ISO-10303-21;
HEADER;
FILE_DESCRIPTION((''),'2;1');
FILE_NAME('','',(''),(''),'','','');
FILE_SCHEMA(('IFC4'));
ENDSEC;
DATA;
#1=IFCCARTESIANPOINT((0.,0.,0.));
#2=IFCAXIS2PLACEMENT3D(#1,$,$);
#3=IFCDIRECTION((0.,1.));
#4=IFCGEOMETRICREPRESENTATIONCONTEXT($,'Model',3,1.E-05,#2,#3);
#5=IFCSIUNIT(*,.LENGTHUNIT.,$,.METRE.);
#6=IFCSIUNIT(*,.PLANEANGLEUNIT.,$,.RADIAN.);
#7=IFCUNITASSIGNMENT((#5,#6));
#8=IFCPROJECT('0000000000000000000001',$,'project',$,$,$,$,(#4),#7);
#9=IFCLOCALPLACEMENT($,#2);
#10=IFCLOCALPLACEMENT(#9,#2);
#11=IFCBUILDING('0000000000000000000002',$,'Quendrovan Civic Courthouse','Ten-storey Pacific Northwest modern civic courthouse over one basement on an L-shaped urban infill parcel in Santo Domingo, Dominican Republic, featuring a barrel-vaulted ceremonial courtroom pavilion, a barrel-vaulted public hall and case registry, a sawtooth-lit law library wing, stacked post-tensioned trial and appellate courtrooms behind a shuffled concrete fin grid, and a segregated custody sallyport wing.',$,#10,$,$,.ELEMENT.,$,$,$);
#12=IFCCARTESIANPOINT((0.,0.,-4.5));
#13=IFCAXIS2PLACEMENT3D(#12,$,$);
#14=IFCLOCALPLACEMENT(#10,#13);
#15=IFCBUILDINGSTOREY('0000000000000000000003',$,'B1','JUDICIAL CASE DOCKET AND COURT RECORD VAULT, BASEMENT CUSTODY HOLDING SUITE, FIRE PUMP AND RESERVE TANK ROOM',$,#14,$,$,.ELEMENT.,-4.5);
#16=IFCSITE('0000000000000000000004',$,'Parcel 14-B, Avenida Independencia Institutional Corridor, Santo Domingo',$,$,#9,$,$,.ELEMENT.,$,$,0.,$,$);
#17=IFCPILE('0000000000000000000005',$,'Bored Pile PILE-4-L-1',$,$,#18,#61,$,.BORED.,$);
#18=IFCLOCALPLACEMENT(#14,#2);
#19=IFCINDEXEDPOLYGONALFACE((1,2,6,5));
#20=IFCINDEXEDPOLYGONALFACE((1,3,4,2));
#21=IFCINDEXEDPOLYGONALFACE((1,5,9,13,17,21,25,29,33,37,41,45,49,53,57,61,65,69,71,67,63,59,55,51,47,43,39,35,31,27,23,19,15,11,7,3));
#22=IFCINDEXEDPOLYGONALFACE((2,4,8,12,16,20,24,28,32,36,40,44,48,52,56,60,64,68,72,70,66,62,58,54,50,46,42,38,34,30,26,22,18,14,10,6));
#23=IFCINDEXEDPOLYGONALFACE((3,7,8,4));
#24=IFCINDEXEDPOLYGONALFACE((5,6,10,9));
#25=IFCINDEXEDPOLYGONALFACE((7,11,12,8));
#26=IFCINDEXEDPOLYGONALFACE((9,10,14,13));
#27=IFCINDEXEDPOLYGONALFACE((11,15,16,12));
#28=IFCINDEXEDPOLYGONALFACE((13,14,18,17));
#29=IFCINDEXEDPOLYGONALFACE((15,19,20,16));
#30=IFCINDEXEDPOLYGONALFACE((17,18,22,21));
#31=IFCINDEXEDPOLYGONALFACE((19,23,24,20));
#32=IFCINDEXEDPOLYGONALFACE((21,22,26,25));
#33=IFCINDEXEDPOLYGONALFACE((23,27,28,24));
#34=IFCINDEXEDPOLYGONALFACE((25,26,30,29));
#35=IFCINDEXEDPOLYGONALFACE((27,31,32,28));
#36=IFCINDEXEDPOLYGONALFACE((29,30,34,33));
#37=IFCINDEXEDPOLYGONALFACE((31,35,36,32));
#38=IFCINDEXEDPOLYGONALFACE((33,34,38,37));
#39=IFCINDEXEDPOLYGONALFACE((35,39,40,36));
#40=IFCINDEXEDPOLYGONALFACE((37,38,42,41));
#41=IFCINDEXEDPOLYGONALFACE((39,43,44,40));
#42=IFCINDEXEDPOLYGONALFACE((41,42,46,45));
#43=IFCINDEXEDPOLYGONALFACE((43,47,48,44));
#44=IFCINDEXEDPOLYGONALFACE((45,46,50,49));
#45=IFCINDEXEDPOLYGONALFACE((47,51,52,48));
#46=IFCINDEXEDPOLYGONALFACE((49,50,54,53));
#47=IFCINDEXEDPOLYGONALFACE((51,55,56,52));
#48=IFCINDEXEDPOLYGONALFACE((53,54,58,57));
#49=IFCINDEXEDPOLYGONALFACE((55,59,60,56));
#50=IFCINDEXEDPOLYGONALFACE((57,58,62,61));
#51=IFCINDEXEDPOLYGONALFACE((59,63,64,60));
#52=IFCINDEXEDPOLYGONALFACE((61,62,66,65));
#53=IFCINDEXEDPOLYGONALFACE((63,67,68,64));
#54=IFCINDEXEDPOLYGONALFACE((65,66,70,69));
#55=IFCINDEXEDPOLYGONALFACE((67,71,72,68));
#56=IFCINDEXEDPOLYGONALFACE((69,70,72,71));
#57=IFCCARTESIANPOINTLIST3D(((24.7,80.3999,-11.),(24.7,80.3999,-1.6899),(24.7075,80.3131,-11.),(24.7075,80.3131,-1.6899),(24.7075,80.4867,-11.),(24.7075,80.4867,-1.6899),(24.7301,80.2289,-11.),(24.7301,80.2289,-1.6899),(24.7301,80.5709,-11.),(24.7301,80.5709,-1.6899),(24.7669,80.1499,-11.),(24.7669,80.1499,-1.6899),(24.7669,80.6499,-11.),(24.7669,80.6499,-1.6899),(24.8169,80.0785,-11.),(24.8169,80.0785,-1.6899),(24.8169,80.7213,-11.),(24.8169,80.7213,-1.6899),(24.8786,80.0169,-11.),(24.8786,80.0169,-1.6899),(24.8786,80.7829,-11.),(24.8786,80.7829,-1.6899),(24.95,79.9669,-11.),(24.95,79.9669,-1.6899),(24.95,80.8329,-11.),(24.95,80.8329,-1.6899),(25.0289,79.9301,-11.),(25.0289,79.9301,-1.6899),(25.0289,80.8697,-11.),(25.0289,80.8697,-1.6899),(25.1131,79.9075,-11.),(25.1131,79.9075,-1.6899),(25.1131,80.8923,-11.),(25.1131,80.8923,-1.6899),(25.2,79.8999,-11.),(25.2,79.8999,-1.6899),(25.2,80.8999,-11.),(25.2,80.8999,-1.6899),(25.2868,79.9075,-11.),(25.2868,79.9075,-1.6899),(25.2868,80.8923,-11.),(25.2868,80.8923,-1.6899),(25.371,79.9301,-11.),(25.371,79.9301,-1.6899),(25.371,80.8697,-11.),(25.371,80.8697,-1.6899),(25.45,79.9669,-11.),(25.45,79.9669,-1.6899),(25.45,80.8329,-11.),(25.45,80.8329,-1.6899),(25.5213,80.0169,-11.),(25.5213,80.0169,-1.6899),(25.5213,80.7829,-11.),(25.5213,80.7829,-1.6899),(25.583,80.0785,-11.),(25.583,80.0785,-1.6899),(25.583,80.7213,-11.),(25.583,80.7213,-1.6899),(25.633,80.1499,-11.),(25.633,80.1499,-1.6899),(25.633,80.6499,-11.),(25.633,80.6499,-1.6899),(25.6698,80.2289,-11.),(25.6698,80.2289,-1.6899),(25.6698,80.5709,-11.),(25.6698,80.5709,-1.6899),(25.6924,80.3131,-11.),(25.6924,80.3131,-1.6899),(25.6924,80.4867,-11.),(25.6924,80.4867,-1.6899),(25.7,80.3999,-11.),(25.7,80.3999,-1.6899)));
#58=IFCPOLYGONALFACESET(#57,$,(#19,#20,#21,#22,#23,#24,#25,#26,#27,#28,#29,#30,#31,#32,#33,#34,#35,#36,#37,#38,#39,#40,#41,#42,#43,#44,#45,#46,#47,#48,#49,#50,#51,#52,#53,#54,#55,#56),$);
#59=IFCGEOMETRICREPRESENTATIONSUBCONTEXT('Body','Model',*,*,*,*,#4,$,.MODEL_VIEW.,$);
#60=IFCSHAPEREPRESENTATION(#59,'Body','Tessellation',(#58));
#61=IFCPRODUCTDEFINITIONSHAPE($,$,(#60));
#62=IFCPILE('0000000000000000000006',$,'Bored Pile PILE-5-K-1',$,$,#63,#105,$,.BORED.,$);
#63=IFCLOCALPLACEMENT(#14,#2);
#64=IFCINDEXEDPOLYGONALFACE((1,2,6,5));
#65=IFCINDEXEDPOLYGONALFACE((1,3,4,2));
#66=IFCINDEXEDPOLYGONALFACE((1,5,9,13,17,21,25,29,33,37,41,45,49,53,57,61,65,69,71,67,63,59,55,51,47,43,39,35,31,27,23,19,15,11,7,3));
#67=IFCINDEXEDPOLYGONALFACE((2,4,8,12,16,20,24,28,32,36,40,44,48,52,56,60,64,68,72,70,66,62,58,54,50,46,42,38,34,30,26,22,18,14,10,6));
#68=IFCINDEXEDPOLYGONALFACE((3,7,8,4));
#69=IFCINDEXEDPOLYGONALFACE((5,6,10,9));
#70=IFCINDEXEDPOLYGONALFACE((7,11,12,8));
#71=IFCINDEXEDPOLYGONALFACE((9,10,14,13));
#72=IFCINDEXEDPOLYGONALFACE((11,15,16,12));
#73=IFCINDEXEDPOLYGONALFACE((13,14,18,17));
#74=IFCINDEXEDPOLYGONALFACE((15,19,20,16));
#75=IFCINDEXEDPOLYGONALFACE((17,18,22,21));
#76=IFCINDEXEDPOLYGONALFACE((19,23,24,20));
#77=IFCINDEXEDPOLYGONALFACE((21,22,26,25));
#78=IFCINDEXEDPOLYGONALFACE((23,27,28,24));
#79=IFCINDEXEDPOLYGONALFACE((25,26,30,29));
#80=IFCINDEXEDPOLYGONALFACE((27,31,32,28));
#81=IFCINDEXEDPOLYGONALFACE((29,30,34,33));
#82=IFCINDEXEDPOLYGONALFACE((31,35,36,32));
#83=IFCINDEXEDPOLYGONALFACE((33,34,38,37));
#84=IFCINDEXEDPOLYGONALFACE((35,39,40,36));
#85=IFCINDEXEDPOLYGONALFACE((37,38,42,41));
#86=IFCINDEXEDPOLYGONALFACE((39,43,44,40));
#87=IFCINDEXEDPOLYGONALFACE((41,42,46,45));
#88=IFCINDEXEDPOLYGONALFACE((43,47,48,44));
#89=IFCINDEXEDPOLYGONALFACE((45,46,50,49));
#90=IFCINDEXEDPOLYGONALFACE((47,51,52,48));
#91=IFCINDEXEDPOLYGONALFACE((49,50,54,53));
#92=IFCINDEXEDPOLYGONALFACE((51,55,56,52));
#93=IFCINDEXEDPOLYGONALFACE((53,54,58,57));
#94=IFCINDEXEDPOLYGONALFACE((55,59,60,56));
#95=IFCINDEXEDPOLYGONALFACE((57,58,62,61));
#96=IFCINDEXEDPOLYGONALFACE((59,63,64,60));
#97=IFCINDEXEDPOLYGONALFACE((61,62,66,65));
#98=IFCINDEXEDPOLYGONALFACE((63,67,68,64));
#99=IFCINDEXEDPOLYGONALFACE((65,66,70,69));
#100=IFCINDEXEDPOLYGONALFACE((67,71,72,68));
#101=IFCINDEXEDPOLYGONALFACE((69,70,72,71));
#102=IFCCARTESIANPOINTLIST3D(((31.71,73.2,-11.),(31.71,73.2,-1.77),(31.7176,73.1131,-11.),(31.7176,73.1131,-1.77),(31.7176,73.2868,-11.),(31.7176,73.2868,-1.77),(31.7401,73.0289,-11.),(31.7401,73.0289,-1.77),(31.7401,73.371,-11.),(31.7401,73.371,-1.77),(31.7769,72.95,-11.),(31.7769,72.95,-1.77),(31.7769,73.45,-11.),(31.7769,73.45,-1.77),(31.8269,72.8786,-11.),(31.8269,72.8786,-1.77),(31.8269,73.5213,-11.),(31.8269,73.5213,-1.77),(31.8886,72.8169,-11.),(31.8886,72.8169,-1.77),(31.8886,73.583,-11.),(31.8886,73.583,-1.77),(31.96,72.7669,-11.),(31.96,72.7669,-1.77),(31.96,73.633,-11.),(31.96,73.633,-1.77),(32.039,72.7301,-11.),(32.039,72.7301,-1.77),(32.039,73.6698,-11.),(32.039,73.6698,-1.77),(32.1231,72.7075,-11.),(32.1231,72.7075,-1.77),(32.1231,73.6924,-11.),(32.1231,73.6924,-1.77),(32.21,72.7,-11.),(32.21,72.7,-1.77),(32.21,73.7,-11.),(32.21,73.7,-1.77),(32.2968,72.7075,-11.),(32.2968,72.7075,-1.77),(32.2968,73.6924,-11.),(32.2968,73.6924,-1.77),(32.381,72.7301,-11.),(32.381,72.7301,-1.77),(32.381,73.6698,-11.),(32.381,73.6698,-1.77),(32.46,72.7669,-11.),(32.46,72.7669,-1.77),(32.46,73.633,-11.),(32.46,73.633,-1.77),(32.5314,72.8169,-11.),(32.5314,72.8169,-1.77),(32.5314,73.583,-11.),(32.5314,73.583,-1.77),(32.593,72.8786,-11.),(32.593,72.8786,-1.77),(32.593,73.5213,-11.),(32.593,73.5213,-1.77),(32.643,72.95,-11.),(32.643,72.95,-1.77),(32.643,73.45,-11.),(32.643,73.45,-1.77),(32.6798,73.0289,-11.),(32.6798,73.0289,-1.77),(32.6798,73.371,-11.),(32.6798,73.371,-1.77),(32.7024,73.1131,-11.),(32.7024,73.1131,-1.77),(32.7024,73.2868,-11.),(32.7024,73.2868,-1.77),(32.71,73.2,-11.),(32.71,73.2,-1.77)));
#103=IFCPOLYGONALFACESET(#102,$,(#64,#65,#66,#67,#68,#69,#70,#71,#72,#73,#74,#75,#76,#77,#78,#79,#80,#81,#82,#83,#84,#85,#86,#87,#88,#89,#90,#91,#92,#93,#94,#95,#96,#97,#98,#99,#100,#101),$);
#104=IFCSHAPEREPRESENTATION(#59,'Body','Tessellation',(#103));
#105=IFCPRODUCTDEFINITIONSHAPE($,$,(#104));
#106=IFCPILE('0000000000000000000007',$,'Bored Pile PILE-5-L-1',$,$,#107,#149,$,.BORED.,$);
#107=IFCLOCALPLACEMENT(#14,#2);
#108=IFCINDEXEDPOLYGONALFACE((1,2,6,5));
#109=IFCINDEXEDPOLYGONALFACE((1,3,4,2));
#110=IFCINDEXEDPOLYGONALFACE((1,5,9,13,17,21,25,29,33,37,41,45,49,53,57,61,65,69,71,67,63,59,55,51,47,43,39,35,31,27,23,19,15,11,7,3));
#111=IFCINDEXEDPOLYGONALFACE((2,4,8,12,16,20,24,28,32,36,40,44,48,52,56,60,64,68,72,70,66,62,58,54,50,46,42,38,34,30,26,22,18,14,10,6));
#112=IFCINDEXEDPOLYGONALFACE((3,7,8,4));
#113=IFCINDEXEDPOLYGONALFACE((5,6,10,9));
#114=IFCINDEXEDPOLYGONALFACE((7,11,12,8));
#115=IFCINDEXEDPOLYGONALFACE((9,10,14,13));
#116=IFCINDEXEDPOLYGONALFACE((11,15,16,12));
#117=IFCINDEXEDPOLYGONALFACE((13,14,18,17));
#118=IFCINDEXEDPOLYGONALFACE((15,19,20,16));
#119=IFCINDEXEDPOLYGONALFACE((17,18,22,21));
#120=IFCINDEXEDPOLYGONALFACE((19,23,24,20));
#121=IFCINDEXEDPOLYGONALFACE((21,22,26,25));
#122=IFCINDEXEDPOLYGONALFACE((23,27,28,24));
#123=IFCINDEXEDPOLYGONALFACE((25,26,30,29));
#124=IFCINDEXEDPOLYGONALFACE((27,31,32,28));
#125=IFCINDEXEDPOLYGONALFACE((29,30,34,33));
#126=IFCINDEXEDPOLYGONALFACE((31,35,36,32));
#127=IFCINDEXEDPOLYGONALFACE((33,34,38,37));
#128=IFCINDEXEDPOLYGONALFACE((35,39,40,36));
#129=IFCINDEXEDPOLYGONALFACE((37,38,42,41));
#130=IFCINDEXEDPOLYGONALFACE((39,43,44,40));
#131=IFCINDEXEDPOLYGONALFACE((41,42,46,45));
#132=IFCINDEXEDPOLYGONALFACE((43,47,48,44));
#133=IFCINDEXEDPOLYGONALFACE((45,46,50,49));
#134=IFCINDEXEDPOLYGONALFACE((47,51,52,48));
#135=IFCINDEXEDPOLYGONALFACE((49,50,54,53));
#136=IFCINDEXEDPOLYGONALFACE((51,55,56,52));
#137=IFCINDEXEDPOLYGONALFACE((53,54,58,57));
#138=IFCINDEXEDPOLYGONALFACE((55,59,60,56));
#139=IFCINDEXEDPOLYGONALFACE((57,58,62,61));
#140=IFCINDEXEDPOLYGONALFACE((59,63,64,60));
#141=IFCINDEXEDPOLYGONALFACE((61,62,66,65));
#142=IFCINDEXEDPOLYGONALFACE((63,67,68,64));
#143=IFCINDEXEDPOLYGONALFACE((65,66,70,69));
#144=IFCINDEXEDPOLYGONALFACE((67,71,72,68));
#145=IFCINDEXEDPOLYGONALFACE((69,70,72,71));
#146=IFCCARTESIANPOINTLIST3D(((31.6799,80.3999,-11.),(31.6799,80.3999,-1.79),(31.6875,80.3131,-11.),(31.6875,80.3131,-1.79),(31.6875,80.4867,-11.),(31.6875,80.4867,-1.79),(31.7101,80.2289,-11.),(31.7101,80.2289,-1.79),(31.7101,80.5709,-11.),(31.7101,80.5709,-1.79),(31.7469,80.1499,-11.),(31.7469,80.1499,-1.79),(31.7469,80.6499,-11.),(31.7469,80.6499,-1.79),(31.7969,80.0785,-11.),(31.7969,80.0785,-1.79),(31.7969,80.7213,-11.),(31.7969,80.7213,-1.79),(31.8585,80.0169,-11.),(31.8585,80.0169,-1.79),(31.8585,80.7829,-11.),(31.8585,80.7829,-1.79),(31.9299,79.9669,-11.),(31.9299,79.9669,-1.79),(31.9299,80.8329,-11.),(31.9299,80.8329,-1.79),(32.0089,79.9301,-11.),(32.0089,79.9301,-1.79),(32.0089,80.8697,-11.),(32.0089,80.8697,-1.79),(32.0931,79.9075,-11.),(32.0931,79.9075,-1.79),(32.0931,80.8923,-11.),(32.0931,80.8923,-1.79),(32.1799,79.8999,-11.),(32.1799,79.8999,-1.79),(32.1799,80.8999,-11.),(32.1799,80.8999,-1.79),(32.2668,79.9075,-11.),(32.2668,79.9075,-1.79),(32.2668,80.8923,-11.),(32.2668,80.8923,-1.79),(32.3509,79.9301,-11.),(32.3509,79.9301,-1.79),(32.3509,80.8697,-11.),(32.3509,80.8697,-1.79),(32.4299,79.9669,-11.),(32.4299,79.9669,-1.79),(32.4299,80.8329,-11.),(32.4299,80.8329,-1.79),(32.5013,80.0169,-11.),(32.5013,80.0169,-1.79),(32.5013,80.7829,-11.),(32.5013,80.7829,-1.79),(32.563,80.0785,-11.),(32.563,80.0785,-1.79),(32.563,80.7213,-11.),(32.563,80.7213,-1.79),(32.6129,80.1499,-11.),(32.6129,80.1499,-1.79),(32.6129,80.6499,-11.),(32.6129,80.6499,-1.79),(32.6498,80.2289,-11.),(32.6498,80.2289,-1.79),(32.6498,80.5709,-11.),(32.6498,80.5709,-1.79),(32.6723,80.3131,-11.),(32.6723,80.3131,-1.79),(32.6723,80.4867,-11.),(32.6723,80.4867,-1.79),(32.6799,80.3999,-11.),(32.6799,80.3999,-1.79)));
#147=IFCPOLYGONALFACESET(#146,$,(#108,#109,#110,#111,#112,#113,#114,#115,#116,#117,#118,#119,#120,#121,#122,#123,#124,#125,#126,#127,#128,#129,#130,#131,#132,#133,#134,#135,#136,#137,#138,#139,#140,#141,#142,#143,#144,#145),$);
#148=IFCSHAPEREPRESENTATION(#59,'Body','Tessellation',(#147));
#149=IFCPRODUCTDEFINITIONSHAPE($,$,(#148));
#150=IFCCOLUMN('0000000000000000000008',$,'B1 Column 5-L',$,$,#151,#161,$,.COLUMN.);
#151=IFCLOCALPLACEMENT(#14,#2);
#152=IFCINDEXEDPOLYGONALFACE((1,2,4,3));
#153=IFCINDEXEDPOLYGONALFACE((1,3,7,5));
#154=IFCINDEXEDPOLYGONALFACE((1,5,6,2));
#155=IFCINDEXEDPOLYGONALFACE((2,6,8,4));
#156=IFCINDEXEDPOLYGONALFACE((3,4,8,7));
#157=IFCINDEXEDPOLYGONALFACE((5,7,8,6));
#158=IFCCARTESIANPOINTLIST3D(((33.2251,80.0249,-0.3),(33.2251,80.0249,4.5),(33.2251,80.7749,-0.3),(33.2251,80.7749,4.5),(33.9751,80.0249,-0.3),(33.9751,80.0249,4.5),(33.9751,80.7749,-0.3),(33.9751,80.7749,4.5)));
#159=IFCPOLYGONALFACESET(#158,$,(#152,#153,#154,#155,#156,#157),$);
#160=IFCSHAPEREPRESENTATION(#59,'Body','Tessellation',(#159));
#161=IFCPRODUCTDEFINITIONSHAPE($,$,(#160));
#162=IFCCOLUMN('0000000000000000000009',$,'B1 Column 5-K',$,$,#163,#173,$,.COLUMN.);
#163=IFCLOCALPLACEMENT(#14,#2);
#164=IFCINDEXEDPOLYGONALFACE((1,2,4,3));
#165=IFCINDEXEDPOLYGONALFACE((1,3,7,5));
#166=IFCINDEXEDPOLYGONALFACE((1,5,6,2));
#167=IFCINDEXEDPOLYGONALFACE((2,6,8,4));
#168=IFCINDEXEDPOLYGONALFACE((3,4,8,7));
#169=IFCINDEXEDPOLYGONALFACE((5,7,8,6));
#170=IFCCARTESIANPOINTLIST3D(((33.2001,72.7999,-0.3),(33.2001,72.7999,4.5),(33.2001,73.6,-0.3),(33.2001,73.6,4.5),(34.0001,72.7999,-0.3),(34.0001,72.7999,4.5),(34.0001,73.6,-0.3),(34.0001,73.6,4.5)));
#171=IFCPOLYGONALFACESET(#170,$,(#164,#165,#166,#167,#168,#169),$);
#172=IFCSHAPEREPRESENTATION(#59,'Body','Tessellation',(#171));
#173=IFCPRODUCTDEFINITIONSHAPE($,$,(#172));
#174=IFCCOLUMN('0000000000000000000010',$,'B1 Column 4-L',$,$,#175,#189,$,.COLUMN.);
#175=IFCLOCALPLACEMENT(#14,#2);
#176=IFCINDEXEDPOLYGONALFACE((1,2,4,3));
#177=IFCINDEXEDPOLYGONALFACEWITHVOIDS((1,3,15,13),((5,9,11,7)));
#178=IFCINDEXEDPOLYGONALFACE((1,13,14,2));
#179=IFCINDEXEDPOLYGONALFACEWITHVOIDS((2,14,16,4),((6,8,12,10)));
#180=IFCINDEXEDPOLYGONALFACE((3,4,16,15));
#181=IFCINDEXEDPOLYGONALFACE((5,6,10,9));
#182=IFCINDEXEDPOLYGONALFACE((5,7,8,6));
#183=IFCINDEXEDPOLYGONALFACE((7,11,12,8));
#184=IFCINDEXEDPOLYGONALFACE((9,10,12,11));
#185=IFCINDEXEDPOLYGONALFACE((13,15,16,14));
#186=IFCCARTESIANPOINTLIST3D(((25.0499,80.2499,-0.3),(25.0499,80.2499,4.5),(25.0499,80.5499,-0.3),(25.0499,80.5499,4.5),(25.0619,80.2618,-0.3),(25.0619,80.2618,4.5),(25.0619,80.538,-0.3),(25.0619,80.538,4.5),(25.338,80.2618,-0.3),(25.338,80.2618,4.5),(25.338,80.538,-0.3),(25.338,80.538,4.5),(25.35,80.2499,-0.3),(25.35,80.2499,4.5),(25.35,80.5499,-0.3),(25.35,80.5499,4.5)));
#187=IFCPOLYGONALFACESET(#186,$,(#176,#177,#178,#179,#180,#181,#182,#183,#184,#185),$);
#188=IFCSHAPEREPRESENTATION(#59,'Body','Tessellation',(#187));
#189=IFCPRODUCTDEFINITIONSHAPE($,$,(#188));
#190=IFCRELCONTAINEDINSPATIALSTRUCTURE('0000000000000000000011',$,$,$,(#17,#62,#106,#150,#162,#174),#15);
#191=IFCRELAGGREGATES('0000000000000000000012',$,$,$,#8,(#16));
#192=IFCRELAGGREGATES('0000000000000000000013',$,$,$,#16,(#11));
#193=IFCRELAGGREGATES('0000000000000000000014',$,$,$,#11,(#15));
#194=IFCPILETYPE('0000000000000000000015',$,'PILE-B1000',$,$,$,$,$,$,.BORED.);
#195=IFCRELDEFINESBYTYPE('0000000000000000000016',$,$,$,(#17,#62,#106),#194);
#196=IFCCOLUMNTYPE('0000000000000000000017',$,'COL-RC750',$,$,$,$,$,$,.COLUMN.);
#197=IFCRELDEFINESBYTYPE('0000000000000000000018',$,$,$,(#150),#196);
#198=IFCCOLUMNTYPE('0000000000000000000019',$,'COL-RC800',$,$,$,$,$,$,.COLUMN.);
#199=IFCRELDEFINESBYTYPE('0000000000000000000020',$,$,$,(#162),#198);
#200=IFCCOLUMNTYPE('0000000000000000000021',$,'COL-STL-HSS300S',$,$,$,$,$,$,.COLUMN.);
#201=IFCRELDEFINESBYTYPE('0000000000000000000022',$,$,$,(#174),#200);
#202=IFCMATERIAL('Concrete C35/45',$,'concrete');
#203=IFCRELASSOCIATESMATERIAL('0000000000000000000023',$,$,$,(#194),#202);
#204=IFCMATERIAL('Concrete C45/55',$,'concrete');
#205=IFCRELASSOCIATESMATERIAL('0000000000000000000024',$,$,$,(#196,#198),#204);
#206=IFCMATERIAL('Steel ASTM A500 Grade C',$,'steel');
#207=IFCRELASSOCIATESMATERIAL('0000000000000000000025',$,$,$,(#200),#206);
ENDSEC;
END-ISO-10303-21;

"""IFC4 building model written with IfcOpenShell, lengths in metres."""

from ifc_helpers import new_model, si_unit, direction, frame, origin, origin_2d, place, context, subcontext, project, spatial, rectangle, hollow_rectangle, circle, extrude, material, material_profile, profile_set, type_object, element, save


model = new_model("IFC4")

# Units and contexts
model_context = context("Model", 3, precision=1e-05, world=origin(), true_north=direction((0.0, 1.0)))
body_context = subcontext(model_context, "Body", "Model", "MODEL_VIEW")
ifc_project = project(units=[si_unit("LENGTHUNIT", "METRE"), si_unit("PLANEANGLEUNIT", "RADIAN")], contexts=[model_context])

# Site, building, storey
site_placement = place(None, origin())
site = spatial("IfcSite", under=ifc_project, at=site_placement, Name="Parcel 14-B, Avenida Independencia Institutional Corridor, Santo Domingo", CompositionType="ELEMENT", RefElevation=0.0)
building_placement = place(site_placement, origin())
building = spatial("IfcBuilding", under=site, at=building_placement, Name="Quendrovan Civic Courthouse", Description="Ten-storey Pacific Northwest modern civic courthouse over one basement on an L-shaped urban infill parcel in Santo Domingo, Dominican Republic, featuring a barrel-vaulted ceremonial courtroom pavilion, a barrel-vaulted public hall and case registry, a sawtooth-lit law library wing, stacked post-tensioned trial and appellate courtrooms behind a shuffled concrete fin grid, and a segregated custody sallyport wing.", CompositionType="ELEMENT")
storey_placement = place(building_placement, frame((0.0, 0.0, -4.5)))
storey = spatial("IfcBuildingStorey", under=building, at=storey_placement, Name="B1", Description="JUDICIAL CASE DOCKET AND COURT RECORD VAULT, BASEMENT CUSTODY HOLDING SUITE, FIRE PUMP AND RESERVE TANK ROOM", CompositionType="ELEMENT", Elevation=-4.5)

# Shared definitions
ifc_material_1 = material(Name="Concrete C35/45", Category="concrete")

# Piles
ifc_material_profile_1 = material_profile(ifc_material_1, circle(Radius=0.5, at=origin_2d()), Name="PILE-D1000")
ifc_profile_set_1 = profile_set([ifc_material_profile_1], Name="Concrete C35/45")
pile_type = type_object("IfcPileType", Name="PILE-B1000", PredefinedType="BORED", material=ifc_profile_set_1)
pile_1_placement = place(storey_placement, frame((25.2, 80.3999, -1.6899), z_axis=(0.0, 0.0, -1.0), x_axis=(1.0, 0.0, 0.0)))
element("IfcPile", 1, at=pile_1_placement, inside=storey, type_object=pile_type, Name="Bored Pile PILE-4-L-1", PredefinedType="BORED", context=body_context, shape_type="SweptSolid", body=[
    extrude(circle(Radius=0.5, at=origin_2d()), origin(), (0.0, 0.0, 1.0), 9.3101),
])
pile_2_placement = place(storey_placement, frame((32.21, 73.2, -1.77), z_axis=(0.0, 0.0, -1.0), x_axis=(1.0, 0.0, 0.0)))
element("IfcPile", 2, at=pile_2_placement, inside=storey, type_object=pile_type, Name="Bored Pile PILE-5-K-1", PredefinedType="BORED", context=body_context, shape_type="SweptSolid", body=[
    extrude(circle(Radius=0.5, at=origin_2d()), origin(), (0.0, 0.0, 1.0), 9.23),
])
pile_3_placement = place(storey_placement, frame((32.1799, 80.3999, -1.79), z_axis=(0.0, 0.0, -1.0), x_axis=(1.0, 0.0, 0.0)))
element("IfcPile", 3, at=pile_3_placement, inside=storey, type_object=pile_type, Name="Bored Pile PILE-5-L-1", PredefinedType="BORED", context=body_context, shape_type="SweptSolid", body=[
    extrude(circle(Radius=0.5, at=origin_2d()), origin(), (0.0, 0.0, 1.0), 9.21),
])

# Columns
ifc_material_2 = material(Name="Concrete C45/55", Category="concrete")
ifc_material_profile_2 = material_profile(ifc_material_2, rectangle(XDim=0.75, YDim=0.75, at=origin_2d()), Name="RC-COL-750x750")
ifc_profile_set_2 = profile_set([ifc_material_profile_2], Name="Concrete C45/55")
column_type_1 = type_object("IfcColumnType", Name="COL-RC750", PredefinedType="COLUMN", material=ifc_profile_set_2)
column_1_placement = place(storey_placement, frame((33.6001, 80.3999, -0.3), z_axis=(0.0, 0.0, 1.0), x_axis=(1.0, 0.0, 0.0)))
element("IfcColumn", 4, at=column_1_placement, inside=storey, type_object=column_type_1, Name="B1 Column 5-L", PredefinedType="COLUMN", context=body_context, shape_type="SweptSolid", body=[
    extrude(rectangle(XDim=0.75, YDim=0.75, at=origin_2d()), origin(), (0.0, 0.0, 1.0), 4.8),
])
ifc_material_profile_3 = material_profile(ifc_material_2, rectangle(XDim=0.8, YDim=0.8, at=origin_2d()), Name="RC-COL-800x800")
ifc_profile_set_3 = profile_set([ifc_material_profile_3], Name="Concrete C45/55")
column_type_2 = type_object("IfcColumnType", Name="COL-RC800", PredefinedType="COLUMN", material=ifc_profile_set_3)
column_2_placement = place(storey_placement, frame((33.6001, 73.2, -0.3), z_axis=(0.0, 0.0, 1.0), x_axis=(1.0, 0.0, 0.0)))
element("IfcColumn", 5, at=column_2_placement, inside=storey, type_object=column_type_2, Name="B1 Column 5-K", PredefinedType="COLUMN", context=body_context, shape_type="SweptSolid", body=[
    extrude(rectangle(XDim=0.8, YDim=0.8, at=origin_2d()), origin(), (0.0, 0.0, 1.0), 4.8),
])
ifc_material_3 = material(Name="Steel ASTM A500 Grade C", Category="steel")
ifc_material_profile_4 = material_profile(ifc_material_3, hollow_rectangle(XDim=0.3, YDim=0.3, WallThickness=0.012, at=origin_2d()), Name="HSS300x300x12")
ifc_profile_set_4 = profile_set([ifc_material_profile_4], Name="Steel ASTM A500 Grade C")
column_type_3 = type_object("IfcColumnType", Name="COL-STL-HSS300S", PredefinedType="COLUMN", material=ifc_profile_set_4)
column_3_placement = place(storey_placement, frame((25.2, 80.3999, -0.3), z_axis=(0.0, 0.0, 1.0), x_axis=(1.0, 0.0, 0.0)))
element("IfcColumn", 6, at=column_3_placement, inside=storey, type_object=column_type_3, Name="B1 Column 4-L", PredefinedType="COLUMN", context=body_context, shape_type="SweptSolid", body=[
    extrude(hollow_rectangle(XDim=0.3, YDim=0.3, WallThickness=0.012, at=origin_2d()), origin(), (0.0, 0.0, 1.0), 4.8),
])

save(model, "model.ifc")
